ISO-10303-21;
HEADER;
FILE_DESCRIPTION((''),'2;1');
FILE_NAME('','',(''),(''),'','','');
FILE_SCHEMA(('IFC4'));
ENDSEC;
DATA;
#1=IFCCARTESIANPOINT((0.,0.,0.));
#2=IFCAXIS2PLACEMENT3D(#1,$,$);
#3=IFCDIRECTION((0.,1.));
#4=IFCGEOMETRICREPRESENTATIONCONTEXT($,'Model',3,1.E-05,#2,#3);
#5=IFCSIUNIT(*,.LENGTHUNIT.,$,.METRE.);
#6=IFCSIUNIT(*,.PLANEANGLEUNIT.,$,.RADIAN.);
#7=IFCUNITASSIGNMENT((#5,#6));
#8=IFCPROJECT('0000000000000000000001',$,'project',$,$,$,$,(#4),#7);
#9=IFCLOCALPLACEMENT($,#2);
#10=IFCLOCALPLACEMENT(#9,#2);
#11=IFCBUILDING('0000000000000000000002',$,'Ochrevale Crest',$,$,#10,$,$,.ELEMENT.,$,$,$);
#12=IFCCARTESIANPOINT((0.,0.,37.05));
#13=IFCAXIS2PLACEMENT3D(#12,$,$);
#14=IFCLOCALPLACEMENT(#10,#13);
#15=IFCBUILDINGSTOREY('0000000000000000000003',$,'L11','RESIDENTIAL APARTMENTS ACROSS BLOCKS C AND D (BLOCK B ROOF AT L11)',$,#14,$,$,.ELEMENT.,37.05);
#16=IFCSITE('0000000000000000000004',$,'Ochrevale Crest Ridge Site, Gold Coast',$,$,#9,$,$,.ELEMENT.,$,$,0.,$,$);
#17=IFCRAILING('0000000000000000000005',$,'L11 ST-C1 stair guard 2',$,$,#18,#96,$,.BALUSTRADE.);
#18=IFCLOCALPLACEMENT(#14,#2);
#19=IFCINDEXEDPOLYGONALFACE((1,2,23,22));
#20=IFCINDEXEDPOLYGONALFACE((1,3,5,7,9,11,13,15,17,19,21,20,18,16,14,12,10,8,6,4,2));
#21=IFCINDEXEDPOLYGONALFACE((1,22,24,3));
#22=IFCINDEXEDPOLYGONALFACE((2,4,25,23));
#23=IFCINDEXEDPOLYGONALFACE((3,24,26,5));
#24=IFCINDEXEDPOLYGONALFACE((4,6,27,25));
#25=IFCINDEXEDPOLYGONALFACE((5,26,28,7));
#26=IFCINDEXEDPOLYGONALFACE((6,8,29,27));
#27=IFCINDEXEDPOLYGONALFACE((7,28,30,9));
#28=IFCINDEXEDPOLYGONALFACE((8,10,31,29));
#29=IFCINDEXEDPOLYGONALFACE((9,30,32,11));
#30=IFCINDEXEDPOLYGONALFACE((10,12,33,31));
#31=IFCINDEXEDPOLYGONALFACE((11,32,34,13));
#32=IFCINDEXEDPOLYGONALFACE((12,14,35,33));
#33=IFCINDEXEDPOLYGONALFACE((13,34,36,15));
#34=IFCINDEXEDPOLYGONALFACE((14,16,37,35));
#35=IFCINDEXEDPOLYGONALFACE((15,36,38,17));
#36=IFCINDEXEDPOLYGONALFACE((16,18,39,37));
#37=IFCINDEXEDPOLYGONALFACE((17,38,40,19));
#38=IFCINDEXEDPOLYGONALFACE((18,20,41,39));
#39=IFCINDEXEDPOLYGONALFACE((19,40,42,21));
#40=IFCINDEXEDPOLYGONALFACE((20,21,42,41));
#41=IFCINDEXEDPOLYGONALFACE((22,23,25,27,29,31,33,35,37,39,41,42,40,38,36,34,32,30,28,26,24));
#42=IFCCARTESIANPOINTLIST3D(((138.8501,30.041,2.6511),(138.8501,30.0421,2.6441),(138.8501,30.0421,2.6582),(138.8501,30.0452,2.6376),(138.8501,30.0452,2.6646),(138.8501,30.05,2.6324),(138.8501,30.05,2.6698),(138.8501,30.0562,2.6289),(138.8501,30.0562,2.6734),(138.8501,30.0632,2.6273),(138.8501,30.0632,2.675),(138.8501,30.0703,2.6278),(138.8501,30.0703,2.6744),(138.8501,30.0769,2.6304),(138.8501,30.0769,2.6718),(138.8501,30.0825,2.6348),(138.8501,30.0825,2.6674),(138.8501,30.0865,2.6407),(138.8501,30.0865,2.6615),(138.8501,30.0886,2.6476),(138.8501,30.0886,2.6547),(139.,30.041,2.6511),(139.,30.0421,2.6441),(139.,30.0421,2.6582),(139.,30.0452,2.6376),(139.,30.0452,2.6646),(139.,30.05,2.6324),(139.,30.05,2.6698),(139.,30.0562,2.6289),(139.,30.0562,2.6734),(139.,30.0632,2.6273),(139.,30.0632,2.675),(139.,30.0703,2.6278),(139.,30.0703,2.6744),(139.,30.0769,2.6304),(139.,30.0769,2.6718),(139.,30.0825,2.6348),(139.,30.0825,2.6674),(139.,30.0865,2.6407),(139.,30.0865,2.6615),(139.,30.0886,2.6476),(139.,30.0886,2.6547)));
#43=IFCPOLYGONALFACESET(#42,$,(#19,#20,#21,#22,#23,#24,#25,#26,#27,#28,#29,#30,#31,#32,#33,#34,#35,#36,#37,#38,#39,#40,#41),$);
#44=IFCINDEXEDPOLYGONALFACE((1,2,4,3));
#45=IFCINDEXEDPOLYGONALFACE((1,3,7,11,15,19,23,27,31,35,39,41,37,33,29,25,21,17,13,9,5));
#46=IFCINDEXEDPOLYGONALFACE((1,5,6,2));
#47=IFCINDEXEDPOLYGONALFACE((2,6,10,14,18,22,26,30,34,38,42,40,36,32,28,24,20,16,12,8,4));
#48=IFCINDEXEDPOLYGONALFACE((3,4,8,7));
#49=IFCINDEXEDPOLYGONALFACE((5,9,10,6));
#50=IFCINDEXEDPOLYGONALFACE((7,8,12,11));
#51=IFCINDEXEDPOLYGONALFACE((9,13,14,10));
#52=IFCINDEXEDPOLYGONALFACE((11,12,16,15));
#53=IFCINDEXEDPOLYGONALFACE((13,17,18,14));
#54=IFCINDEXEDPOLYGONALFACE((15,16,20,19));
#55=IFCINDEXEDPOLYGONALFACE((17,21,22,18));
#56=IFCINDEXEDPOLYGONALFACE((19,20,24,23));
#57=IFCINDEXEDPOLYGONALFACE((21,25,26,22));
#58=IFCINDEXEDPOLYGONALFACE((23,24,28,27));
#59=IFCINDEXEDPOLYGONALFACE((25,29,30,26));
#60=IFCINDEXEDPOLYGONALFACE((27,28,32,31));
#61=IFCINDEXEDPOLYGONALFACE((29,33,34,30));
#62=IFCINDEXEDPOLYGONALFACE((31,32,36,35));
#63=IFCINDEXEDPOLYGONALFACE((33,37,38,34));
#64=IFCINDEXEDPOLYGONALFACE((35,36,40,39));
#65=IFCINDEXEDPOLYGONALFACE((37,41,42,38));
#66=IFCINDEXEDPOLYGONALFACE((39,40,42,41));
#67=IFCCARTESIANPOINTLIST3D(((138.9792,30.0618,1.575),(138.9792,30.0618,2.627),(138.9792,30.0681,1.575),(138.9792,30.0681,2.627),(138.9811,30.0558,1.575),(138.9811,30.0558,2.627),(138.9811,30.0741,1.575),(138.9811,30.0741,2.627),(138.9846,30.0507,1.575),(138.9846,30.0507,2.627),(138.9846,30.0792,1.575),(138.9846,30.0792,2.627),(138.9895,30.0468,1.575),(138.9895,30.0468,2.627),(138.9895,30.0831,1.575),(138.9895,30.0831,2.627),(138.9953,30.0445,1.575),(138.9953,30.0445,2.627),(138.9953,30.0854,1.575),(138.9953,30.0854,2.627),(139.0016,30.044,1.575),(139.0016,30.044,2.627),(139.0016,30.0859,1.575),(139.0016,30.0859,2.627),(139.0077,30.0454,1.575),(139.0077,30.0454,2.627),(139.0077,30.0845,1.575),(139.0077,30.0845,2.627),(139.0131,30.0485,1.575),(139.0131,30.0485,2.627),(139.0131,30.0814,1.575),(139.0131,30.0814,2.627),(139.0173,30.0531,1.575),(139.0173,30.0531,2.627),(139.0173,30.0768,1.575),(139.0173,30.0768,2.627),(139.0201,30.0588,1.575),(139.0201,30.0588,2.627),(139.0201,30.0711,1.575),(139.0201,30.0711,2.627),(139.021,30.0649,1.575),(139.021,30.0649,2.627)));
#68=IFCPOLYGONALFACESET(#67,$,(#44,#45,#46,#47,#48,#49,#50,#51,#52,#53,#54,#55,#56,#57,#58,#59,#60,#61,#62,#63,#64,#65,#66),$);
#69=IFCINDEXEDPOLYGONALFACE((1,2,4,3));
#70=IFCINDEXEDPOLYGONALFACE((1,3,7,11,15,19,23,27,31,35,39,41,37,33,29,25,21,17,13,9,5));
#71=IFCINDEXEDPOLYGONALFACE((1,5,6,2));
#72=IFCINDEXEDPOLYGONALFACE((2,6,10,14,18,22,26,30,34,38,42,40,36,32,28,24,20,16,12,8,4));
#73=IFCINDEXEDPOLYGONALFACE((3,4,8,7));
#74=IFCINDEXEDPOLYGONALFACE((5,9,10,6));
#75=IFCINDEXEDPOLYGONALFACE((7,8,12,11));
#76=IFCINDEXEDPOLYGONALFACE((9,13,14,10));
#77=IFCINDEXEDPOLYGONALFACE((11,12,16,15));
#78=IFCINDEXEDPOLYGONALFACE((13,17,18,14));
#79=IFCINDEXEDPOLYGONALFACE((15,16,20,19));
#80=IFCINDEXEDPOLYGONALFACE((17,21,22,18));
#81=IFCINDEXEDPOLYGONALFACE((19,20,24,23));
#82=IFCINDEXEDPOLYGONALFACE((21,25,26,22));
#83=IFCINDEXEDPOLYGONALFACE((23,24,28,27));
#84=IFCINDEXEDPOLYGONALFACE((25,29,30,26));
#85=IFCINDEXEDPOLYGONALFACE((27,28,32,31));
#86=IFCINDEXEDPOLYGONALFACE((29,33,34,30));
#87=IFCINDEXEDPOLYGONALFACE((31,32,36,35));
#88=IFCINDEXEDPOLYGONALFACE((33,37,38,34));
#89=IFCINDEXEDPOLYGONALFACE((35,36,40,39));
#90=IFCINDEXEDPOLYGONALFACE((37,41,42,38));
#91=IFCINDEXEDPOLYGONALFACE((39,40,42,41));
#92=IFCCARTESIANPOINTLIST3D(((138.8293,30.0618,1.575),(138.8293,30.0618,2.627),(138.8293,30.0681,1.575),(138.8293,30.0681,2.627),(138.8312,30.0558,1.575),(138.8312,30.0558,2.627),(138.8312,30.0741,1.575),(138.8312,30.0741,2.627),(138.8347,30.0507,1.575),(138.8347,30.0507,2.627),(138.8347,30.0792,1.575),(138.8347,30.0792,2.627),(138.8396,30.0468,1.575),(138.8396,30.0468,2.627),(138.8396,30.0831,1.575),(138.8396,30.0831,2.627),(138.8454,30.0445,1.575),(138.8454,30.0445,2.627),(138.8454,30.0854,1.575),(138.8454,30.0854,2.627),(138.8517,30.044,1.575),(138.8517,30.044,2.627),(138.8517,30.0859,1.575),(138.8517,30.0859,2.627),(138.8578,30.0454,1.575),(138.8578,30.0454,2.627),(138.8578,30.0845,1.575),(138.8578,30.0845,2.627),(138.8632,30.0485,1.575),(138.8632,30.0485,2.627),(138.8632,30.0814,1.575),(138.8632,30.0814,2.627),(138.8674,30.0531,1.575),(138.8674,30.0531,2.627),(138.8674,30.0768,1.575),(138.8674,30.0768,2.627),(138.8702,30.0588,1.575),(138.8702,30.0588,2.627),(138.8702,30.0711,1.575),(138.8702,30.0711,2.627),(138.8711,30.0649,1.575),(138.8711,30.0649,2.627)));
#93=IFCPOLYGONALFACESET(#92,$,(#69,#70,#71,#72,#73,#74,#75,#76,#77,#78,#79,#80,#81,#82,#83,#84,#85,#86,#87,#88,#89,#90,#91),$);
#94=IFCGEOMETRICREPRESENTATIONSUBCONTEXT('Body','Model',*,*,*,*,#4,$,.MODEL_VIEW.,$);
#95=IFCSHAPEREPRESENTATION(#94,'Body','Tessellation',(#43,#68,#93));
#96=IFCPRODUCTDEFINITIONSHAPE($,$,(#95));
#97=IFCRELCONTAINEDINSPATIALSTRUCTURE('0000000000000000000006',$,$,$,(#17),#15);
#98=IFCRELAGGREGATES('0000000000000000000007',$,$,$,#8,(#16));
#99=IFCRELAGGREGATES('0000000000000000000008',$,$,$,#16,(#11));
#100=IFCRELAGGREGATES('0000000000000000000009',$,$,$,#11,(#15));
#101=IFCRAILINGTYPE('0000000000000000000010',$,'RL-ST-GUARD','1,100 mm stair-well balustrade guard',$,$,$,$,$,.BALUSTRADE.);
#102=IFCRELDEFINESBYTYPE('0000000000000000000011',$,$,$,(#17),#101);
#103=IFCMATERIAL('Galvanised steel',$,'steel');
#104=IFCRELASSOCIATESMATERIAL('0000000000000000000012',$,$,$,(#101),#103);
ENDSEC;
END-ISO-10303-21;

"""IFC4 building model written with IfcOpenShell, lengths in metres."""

from ifc_helpers import new_model, si_unit, direction, frame, origin, origin_2d, place, context, subcontext, project, spatial, circle, extrude, material, type_object, element, save


model = new_model("IFC4")

# Units and contexts
model_context = context("Model", 3, precision=1e-05, world=origin(), true_north=direction((0.0, 1.0)))
body_context = subcontext(model_context, "Body", "Model", "MODEL_VIEW")
ifc_project = project(units=[si_unit("LENGTHUNIT", "METRE"), si_unit("PLANEANGLEUNIT", "RADIAN")], contexts=[model_context])

# Site, building, storey
site_placement = place(None, origin())
site = spatial("IfcSite", under=ifc_project, at=site_placement, Name="Ochrevale Crest Ridge Site, Gold Coast", CompositionType="ELEMENT", RefElevation=0.0)
building_placement = place(site_placement, origin())
building = spatial("IfcBuilding", under=site, at=building_placement, Name="Ochrevale Crest", CompositionType="ELEMENT")
storey_placement = place(building_placement, frame((0.0, 0.0, 37.05)))
storey = spatial("IfcBuildingStorey", under=building, at=storey_placement, Name="L11", Description="RESIDENTIAL APARTMENTS ACROSS BLOCKS C AND D (BLOCK B ROOF AT L11)", CompositionType="ELEMENT", Elevation=37.05)

# Railing
ifc_material_1 = material(Name="Galvanised steel", Category="steel")
railing_type_1 = type_object("IfcRailingType", Name="RL-ST-GUARD", Description="1,100 mm stair-well balustrade guard", PredefinedType="BALUSTRADE", material=ifc_material_1)
railing_1_placement = place(storey_placement, frame((139.0, 30.0649, 1.575)))
element("IfcRailing", 1, at=railing_1_placement, inside=storey, type_object=railing_type_1, Name="L11 ST-C1 stair guard 2", PredefinedType="BALUSTRADE", context=body_context, shape_type="SweptSolid", body=[
    extrude(circle(Radius=0.0239, at=origin_2d()), frame((0.0, 0.0, 1.0762), z_axis=(-1.0, 0.0, 0.0), x_axis=(0.0, -1.0, 0.0)), (0.0, 0.0, 1.0), 0.1499),
    extrude(circle(Radius=0.021, at=origin_2d()), origin(), (0.0, 0.0, 1.0), 1.052),
    extrude(circle(Radius=0.021, at=origin_2d()), frame((-0.1499, 0.0, 0.0)), (0.0, 0.0, 1.0), 1.052),
])

save(model, "model.ifc")
